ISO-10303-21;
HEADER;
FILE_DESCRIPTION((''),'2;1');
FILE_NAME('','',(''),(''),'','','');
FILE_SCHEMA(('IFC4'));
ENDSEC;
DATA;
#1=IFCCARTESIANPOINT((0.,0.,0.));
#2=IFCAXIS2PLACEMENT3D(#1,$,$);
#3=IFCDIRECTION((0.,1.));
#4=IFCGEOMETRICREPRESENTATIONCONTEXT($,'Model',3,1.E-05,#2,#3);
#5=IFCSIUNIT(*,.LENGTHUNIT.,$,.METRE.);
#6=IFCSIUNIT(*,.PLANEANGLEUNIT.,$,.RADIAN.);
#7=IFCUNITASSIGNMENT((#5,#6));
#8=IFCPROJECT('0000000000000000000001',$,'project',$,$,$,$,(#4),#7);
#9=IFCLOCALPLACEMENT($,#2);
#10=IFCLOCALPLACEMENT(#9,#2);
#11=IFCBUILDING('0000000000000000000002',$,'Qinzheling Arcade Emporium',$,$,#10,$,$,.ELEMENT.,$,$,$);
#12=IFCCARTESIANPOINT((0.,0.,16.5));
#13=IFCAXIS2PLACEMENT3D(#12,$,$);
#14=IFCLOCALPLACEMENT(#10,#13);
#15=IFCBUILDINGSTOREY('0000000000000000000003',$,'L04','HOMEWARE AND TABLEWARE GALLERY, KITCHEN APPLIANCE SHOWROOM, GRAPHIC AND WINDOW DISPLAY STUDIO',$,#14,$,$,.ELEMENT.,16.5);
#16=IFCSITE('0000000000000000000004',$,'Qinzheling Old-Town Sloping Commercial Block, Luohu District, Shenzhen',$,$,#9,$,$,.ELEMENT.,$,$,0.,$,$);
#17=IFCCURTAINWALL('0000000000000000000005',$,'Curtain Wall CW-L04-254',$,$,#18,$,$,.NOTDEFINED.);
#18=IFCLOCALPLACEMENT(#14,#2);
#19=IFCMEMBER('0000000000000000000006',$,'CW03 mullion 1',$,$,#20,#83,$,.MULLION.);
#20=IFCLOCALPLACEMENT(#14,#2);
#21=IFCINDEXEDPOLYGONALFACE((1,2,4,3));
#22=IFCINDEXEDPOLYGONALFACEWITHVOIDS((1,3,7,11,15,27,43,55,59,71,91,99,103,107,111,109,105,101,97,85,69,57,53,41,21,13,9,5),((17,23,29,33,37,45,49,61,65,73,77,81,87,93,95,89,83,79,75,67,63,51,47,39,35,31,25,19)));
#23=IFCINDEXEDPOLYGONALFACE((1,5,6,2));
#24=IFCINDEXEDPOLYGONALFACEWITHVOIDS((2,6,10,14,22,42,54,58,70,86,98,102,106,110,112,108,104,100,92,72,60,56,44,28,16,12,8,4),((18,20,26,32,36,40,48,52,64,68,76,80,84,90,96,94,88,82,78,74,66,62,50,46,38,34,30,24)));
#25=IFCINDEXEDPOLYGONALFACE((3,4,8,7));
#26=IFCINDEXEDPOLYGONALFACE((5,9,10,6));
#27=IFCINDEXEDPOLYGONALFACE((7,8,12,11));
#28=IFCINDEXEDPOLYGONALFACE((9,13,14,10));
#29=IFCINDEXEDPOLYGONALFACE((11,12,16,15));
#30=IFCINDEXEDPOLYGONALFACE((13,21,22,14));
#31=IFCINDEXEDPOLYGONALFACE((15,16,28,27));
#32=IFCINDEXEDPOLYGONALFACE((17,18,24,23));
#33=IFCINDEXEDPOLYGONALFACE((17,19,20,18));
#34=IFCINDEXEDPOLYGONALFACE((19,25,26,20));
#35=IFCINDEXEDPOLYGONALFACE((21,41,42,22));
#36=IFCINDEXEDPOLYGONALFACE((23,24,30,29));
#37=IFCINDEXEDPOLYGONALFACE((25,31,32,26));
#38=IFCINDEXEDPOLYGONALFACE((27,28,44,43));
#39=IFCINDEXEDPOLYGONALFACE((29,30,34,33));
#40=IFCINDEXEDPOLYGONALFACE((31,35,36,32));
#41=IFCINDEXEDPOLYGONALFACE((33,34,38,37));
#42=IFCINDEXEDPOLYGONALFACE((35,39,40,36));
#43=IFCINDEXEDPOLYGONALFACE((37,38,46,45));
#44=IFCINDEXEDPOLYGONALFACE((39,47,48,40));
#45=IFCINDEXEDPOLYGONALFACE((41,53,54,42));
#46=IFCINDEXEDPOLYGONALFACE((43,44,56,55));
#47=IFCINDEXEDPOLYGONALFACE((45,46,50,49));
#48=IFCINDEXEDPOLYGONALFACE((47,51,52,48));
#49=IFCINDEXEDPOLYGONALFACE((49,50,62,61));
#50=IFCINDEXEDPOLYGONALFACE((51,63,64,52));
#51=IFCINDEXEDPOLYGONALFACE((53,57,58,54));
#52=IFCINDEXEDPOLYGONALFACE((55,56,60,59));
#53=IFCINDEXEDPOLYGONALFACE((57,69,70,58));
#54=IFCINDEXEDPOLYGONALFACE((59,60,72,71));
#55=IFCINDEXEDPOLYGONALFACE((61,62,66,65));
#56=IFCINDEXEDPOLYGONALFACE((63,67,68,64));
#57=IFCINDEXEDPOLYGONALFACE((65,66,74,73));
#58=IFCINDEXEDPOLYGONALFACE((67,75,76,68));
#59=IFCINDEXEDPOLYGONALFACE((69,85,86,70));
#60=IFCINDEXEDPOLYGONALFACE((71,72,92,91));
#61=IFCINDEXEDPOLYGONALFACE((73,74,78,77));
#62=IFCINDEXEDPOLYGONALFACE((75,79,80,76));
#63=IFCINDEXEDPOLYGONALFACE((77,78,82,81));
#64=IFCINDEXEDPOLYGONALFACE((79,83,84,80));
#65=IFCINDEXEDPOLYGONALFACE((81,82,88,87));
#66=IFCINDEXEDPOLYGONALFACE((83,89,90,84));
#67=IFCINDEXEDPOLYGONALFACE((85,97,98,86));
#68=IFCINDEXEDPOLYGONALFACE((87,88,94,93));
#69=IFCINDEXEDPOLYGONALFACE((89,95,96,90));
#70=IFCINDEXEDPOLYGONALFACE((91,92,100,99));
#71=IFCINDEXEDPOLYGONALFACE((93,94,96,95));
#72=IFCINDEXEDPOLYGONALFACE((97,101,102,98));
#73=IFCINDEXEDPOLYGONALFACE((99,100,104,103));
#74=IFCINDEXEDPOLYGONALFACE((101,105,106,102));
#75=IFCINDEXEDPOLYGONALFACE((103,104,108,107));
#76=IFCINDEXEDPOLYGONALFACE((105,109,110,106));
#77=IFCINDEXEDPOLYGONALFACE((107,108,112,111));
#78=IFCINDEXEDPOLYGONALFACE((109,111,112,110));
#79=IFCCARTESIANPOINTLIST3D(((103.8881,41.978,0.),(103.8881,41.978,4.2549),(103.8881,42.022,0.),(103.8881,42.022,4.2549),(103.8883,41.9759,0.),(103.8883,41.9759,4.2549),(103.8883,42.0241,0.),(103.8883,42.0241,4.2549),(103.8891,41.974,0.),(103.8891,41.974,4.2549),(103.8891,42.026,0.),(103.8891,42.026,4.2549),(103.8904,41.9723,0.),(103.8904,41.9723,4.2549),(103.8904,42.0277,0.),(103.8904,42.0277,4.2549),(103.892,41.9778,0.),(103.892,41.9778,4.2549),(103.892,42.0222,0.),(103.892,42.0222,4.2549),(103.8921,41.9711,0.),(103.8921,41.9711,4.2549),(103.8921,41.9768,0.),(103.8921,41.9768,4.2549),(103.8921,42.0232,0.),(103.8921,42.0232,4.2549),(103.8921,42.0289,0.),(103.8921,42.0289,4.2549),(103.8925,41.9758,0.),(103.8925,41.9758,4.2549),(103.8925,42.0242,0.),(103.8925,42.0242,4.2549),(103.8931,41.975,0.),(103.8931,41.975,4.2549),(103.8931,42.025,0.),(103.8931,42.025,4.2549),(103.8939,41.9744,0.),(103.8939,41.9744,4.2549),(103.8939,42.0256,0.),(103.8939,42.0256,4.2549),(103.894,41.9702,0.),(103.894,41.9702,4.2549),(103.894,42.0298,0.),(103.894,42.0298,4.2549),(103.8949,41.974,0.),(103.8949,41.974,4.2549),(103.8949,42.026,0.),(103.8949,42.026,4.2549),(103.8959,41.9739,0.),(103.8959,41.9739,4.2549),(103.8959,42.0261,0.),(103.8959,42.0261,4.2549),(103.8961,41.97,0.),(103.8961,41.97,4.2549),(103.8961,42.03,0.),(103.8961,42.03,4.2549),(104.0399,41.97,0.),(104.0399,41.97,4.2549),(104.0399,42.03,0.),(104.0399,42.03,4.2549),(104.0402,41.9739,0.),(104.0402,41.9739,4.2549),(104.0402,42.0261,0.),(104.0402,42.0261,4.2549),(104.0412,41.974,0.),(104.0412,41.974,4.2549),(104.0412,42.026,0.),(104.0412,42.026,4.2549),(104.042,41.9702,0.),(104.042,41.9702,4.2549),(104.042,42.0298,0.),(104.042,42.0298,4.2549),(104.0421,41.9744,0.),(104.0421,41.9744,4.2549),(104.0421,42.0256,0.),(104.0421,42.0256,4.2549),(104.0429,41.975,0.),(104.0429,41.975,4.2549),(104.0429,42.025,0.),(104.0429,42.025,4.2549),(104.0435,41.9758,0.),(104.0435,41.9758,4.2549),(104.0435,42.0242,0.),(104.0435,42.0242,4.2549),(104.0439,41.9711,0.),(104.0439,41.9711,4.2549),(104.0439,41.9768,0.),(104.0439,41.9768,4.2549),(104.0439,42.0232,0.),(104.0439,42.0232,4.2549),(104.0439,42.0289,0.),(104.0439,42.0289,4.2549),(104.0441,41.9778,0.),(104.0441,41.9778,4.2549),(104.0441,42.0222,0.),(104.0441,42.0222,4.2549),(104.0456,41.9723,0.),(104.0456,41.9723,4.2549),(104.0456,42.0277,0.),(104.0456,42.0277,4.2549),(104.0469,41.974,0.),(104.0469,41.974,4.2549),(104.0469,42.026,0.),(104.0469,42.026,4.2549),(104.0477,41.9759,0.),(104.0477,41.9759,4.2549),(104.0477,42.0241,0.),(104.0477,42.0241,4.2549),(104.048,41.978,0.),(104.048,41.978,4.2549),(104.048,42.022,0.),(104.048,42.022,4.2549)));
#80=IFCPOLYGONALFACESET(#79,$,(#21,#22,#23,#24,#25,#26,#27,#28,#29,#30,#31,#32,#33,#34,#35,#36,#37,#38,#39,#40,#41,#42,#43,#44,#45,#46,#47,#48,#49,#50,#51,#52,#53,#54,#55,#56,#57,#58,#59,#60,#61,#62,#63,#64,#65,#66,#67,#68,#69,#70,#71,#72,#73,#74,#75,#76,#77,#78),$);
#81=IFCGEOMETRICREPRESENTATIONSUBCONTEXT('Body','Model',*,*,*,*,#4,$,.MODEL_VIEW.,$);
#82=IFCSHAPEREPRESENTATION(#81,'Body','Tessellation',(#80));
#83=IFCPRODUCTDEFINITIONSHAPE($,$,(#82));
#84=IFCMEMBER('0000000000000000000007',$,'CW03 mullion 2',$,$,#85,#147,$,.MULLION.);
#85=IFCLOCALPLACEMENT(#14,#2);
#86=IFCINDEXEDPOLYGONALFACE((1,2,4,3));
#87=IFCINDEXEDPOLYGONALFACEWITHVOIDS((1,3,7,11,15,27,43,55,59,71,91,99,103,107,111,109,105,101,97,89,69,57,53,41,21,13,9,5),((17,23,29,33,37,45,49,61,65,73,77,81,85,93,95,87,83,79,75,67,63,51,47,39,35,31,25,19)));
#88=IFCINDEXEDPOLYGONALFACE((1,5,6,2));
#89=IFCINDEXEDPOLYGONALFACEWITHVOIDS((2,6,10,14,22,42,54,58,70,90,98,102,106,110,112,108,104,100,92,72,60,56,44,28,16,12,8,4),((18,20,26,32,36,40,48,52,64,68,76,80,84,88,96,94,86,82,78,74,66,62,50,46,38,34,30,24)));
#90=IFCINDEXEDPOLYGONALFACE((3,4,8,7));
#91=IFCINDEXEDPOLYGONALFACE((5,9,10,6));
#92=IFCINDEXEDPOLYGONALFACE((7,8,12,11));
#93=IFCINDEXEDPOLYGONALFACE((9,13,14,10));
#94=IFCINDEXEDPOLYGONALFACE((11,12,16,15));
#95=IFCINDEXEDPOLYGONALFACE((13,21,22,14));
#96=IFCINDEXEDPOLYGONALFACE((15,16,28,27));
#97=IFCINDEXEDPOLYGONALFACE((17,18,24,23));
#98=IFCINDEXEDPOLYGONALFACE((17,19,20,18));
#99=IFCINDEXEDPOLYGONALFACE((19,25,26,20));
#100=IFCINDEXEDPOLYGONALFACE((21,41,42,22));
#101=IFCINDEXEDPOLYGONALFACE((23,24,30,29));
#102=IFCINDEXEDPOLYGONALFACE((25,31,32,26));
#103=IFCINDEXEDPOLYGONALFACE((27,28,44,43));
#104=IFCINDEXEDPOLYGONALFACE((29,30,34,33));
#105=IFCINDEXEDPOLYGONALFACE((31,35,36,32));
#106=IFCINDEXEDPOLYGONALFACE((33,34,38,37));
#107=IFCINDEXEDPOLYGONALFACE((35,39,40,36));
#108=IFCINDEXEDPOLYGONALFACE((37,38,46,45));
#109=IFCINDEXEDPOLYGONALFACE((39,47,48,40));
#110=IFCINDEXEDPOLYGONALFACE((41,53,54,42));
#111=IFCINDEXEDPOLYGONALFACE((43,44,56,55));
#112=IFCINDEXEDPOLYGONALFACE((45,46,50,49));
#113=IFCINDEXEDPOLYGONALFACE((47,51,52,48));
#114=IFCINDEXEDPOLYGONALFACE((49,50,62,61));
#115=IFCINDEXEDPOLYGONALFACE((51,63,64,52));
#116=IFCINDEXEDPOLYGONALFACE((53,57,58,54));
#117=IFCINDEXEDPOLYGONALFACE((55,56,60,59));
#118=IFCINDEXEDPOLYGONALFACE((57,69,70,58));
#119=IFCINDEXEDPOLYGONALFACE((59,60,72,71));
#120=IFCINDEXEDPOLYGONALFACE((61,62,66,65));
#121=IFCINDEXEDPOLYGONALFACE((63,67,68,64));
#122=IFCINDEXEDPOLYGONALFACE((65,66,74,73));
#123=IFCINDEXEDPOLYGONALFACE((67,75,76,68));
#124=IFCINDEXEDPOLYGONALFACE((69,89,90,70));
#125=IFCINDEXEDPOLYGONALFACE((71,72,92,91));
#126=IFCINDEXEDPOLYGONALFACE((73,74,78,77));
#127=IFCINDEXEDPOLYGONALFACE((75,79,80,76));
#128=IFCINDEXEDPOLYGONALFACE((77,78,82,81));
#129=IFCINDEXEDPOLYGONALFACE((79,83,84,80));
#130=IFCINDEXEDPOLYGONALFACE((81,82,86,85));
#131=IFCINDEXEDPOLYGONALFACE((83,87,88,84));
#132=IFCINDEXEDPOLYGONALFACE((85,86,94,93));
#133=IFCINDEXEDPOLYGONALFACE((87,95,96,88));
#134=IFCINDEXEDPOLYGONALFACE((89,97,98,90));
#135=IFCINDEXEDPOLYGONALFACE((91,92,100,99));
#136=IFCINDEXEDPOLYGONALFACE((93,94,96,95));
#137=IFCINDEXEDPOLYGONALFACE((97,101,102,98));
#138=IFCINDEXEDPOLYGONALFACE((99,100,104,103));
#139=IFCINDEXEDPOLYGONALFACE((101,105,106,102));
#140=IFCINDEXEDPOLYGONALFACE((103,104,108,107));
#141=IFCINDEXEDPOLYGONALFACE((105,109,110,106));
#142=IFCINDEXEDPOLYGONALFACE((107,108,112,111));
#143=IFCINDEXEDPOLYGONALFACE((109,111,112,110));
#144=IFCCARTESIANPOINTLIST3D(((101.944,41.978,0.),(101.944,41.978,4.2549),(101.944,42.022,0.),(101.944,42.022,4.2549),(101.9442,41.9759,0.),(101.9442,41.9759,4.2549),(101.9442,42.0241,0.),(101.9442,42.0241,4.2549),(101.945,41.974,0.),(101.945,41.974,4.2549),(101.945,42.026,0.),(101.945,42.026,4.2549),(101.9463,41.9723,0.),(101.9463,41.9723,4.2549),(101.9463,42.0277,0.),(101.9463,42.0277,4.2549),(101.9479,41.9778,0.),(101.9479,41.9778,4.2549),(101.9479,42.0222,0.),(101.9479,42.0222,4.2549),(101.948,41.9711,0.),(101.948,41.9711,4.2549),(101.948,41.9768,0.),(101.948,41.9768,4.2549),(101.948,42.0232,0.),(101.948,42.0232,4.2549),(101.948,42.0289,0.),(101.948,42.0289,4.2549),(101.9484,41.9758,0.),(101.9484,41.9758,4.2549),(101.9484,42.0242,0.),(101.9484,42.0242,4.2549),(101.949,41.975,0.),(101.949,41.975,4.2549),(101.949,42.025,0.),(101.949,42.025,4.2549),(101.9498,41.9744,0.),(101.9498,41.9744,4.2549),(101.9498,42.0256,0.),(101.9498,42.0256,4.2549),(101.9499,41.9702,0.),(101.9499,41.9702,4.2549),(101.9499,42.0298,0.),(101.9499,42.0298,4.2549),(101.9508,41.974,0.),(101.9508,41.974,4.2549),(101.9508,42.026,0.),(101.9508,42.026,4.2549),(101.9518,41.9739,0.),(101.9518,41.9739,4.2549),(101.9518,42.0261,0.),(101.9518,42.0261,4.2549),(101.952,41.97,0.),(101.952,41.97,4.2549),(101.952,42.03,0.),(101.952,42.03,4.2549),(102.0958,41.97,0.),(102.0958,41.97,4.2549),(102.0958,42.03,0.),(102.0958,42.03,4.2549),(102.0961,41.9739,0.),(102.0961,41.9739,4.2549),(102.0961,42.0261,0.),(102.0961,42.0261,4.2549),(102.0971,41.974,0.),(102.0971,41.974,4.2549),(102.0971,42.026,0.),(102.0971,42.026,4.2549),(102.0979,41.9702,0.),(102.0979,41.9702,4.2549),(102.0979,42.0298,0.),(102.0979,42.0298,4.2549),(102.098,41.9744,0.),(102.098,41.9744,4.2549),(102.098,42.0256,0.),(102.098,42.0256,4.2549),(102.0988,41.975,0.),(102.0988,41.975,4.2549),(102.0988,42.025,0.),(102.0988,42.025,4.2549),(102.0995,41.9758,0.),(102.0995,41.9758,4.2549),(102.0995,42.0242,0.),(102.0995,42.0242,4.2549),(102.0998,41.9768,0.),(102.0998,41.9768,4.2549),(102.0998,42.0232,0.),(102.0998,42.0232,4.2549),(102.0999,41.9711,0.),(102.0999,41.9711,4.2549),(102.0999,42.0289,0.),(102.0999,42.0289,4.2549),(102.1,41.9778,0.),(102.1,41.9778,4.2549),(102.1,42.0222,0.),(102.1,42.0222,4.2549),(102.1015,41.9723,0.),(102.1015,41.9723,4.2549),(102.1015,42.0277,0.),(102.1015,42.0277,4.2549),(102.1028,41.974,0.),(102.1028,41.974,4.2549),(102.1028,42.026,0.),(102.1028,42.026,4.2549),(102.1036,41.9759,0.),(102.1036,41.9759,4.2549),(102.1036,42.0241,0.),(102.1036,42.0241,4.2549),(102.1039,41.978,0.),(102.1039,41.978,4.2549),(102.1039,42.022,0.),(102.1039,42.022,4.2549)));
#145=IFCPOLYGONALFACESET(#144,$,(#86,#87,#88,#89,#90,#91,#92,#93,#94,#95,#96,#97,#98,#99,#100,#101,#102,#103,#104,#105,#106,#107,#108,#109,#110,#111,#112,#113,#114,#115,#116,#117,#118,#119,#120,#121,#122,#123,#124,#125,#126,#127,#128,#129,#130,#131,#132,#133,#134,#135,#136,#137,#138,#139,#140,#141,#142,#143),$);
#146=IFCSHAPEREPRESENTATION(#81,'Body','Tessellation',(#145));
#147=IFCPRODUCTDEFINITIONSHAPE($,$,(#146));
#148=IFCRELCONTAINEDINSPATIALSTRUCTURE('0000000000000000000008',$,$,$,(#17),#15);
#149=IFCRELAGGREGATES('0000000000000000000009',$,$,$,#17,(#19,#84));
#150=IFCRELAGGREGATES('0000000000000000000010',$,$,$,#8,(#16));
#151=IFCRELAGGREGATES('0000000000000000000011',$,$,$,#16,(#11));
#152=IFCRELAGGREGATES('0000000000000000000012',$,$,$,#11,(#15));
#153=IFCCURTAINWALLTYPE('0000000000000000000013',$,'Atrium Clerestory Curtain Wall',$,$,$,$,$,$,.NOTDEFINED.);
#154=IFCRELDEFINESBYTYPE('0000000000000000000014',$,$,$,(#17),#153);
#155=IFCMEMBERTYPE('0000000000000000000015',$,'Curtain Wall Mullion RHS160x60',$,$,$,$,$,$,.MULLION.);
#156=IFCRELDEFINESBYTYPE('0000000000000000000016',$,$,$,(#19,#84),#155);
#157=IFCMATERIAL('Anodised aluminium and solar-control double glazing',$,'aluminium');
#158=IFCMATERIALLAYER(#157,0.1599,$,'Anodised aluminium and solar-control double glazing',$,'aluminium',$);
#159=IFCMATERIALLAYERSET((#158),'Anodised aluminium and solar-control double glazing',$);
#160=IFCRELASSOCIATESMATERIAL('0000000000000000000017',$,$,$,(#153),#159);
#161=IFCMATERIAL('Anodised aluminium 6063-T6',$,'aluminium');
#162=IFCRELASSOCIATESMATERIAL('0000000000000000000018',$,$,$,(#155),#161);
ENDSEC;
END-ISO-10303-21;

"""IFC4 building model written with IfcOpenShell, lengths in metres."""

from ifc_helpers import new_model, si_unit, direction, frame, origin, origin_2d, place, context, subcontext, project, spatial, hollow_rectangle, extrude, material, layer, layer_set, material_profile, profile_set, type_object, element, aggregate, save


model = new_model("IFC4")

# Units and contexts
model_context = context("Model", 3, precision=1e-05, world=origin(), true_north=direction((0.0, 1.0)))
body_context = subcontext(model_context, "Body", "Model", "MODEL_VIEW")
ifc_project = project(units=[si_unit("LENGTHUNIT", "METRE"), si_unit("PLANEANGLEUNIT", "RADIAN")], contexts=[model_context])

# Site, building, storey
site_placement = place(None, origin())
site = spatial("IfcSite", under=ifc_project, at=site_placement, Name="Qinzheling Old-Town Sloping Commercial Block, Luohu District, Shenzhen", CompositionType="ELEMENT", RefElevation=0.0)
building_placement = place(site_placement, origin())
building = spatial("IfcBuilding", under=site, at=building_placement, Name="Qinzheling Arcade Emporium", CompositionType="ELEMENT")
storey_placement = place(building_placement, frame((0.0, 0.0, 16.5)))
storey = spatial("IfcBuildingStorey", under=building, at=storey_placement, Name="L04", Description="HOMEWARE AND TABLEWARE GALLERY, KITCHEN APPLIANCE SHOWROOM, GRAPHIC AND WINDOW DISPLAY STUDIO", CompositionType="ELEMENT", Elevation=16.5)

# Curtain wall, members
ifc_material_1 = material(Name="Anodised aluminium and solar-control double glazing", Category="aluminium")
ifc_layer_1 = layer(ifc_material_1, 0.1599, Name="Anodised aluminium and solar-control double glazing", Category="aluminium")
ifc_layer_set_1 = layer_set([ifc_layer_1], Name="Anodised aluminium and solar-control double glazing")
curtain_wall_type = type_object("IfcCurtainWallType", Name="Atrium Clerestory Curtain Wall", PredefinedType="NOTDEFINED", material=ifc_layer_set_1)
ifc_material_2 = material(Name="Anodised aluminium 6063-T6", Category="aluminium")
ifc_material_profile_1 = material_profile(ifc_material_2, hollow_rectangle(XDim=0.0601, YDim=0.1599, WallThickness=0.0039, InnerFilletRadius=0.0039, OuterFilletRadius=0.0081, at=origin_2d()), Name="RHS 160x60x4", Category="aluminium")
ifc_profile_set_1 = profile_set([ifc_material_profile_1], Name="Anodised aluminium 6063-T6")
member_type_1 = type_object("IfcMemberType", Name="Curtain Wall Mullion RHS160x60", PredefinedType="MULLION", material=ifc_profile_set_1)
curtain_wall_1_placement = place(storey_placement, origin())
curtain_wall_1 = element("IfcCurtainWall", 1, at=curtain_wall_1_placement, inside=storey, type_object=curtain_wall_type, Name="Curtain Wall CW-L04-254", PredefinedType="NOTDEFINED")
member_1_placement = place(storey_placement, frame((103.968, 42.0, 0.0), z_axis=(0.0, 0.0, 1.0), x_axis=(0.0, -1.0, 0.0)))
member_1 = element("IfcMember", 2, at=member_1_placement, type_object=member_type_1, Name="CW03 mullion 1", PredefinedType="MULLION", context=body_context, shape_type="SweptSolid", body=[
    extrude(hollow_rectangle(XDim=0.0601, YDim=0.1599, WallThickness=0.0039, InnerFilletRadius=0.0039, OuterFilletRadius=0.0081, at=origin_2d()), origin(), (0.0, 0.0, 1.0), 4.2549),
])
member_2_placement = place(storey_placement, frame((102.0239, 42.0, 0.0), z_axis=(0.0, 0.0, 1.0), x_axis=(0.0, -1.0, 0.0)))
member_2 = element("IfcMember", 3, at=member_2_placement, type_object=member_type_1, Name="CW03 mullion 2", PredefinedType="MULLION", context=body_context, shape_type="SweptSolid", body=[
    extrude(hollow_rectangle(XDim=0.0601, YDim=0.1599, WallThickness=0.0039, InnerFilletRadius=0.0039, OuterFilletRadius=0.0081, at=origin_2d()), origin(), (0.0, 0.0, 1.0), 4.2549),
])

aggregate(curtain_wall_1, [member_1, member_2])

save(model, "model.ifc")
